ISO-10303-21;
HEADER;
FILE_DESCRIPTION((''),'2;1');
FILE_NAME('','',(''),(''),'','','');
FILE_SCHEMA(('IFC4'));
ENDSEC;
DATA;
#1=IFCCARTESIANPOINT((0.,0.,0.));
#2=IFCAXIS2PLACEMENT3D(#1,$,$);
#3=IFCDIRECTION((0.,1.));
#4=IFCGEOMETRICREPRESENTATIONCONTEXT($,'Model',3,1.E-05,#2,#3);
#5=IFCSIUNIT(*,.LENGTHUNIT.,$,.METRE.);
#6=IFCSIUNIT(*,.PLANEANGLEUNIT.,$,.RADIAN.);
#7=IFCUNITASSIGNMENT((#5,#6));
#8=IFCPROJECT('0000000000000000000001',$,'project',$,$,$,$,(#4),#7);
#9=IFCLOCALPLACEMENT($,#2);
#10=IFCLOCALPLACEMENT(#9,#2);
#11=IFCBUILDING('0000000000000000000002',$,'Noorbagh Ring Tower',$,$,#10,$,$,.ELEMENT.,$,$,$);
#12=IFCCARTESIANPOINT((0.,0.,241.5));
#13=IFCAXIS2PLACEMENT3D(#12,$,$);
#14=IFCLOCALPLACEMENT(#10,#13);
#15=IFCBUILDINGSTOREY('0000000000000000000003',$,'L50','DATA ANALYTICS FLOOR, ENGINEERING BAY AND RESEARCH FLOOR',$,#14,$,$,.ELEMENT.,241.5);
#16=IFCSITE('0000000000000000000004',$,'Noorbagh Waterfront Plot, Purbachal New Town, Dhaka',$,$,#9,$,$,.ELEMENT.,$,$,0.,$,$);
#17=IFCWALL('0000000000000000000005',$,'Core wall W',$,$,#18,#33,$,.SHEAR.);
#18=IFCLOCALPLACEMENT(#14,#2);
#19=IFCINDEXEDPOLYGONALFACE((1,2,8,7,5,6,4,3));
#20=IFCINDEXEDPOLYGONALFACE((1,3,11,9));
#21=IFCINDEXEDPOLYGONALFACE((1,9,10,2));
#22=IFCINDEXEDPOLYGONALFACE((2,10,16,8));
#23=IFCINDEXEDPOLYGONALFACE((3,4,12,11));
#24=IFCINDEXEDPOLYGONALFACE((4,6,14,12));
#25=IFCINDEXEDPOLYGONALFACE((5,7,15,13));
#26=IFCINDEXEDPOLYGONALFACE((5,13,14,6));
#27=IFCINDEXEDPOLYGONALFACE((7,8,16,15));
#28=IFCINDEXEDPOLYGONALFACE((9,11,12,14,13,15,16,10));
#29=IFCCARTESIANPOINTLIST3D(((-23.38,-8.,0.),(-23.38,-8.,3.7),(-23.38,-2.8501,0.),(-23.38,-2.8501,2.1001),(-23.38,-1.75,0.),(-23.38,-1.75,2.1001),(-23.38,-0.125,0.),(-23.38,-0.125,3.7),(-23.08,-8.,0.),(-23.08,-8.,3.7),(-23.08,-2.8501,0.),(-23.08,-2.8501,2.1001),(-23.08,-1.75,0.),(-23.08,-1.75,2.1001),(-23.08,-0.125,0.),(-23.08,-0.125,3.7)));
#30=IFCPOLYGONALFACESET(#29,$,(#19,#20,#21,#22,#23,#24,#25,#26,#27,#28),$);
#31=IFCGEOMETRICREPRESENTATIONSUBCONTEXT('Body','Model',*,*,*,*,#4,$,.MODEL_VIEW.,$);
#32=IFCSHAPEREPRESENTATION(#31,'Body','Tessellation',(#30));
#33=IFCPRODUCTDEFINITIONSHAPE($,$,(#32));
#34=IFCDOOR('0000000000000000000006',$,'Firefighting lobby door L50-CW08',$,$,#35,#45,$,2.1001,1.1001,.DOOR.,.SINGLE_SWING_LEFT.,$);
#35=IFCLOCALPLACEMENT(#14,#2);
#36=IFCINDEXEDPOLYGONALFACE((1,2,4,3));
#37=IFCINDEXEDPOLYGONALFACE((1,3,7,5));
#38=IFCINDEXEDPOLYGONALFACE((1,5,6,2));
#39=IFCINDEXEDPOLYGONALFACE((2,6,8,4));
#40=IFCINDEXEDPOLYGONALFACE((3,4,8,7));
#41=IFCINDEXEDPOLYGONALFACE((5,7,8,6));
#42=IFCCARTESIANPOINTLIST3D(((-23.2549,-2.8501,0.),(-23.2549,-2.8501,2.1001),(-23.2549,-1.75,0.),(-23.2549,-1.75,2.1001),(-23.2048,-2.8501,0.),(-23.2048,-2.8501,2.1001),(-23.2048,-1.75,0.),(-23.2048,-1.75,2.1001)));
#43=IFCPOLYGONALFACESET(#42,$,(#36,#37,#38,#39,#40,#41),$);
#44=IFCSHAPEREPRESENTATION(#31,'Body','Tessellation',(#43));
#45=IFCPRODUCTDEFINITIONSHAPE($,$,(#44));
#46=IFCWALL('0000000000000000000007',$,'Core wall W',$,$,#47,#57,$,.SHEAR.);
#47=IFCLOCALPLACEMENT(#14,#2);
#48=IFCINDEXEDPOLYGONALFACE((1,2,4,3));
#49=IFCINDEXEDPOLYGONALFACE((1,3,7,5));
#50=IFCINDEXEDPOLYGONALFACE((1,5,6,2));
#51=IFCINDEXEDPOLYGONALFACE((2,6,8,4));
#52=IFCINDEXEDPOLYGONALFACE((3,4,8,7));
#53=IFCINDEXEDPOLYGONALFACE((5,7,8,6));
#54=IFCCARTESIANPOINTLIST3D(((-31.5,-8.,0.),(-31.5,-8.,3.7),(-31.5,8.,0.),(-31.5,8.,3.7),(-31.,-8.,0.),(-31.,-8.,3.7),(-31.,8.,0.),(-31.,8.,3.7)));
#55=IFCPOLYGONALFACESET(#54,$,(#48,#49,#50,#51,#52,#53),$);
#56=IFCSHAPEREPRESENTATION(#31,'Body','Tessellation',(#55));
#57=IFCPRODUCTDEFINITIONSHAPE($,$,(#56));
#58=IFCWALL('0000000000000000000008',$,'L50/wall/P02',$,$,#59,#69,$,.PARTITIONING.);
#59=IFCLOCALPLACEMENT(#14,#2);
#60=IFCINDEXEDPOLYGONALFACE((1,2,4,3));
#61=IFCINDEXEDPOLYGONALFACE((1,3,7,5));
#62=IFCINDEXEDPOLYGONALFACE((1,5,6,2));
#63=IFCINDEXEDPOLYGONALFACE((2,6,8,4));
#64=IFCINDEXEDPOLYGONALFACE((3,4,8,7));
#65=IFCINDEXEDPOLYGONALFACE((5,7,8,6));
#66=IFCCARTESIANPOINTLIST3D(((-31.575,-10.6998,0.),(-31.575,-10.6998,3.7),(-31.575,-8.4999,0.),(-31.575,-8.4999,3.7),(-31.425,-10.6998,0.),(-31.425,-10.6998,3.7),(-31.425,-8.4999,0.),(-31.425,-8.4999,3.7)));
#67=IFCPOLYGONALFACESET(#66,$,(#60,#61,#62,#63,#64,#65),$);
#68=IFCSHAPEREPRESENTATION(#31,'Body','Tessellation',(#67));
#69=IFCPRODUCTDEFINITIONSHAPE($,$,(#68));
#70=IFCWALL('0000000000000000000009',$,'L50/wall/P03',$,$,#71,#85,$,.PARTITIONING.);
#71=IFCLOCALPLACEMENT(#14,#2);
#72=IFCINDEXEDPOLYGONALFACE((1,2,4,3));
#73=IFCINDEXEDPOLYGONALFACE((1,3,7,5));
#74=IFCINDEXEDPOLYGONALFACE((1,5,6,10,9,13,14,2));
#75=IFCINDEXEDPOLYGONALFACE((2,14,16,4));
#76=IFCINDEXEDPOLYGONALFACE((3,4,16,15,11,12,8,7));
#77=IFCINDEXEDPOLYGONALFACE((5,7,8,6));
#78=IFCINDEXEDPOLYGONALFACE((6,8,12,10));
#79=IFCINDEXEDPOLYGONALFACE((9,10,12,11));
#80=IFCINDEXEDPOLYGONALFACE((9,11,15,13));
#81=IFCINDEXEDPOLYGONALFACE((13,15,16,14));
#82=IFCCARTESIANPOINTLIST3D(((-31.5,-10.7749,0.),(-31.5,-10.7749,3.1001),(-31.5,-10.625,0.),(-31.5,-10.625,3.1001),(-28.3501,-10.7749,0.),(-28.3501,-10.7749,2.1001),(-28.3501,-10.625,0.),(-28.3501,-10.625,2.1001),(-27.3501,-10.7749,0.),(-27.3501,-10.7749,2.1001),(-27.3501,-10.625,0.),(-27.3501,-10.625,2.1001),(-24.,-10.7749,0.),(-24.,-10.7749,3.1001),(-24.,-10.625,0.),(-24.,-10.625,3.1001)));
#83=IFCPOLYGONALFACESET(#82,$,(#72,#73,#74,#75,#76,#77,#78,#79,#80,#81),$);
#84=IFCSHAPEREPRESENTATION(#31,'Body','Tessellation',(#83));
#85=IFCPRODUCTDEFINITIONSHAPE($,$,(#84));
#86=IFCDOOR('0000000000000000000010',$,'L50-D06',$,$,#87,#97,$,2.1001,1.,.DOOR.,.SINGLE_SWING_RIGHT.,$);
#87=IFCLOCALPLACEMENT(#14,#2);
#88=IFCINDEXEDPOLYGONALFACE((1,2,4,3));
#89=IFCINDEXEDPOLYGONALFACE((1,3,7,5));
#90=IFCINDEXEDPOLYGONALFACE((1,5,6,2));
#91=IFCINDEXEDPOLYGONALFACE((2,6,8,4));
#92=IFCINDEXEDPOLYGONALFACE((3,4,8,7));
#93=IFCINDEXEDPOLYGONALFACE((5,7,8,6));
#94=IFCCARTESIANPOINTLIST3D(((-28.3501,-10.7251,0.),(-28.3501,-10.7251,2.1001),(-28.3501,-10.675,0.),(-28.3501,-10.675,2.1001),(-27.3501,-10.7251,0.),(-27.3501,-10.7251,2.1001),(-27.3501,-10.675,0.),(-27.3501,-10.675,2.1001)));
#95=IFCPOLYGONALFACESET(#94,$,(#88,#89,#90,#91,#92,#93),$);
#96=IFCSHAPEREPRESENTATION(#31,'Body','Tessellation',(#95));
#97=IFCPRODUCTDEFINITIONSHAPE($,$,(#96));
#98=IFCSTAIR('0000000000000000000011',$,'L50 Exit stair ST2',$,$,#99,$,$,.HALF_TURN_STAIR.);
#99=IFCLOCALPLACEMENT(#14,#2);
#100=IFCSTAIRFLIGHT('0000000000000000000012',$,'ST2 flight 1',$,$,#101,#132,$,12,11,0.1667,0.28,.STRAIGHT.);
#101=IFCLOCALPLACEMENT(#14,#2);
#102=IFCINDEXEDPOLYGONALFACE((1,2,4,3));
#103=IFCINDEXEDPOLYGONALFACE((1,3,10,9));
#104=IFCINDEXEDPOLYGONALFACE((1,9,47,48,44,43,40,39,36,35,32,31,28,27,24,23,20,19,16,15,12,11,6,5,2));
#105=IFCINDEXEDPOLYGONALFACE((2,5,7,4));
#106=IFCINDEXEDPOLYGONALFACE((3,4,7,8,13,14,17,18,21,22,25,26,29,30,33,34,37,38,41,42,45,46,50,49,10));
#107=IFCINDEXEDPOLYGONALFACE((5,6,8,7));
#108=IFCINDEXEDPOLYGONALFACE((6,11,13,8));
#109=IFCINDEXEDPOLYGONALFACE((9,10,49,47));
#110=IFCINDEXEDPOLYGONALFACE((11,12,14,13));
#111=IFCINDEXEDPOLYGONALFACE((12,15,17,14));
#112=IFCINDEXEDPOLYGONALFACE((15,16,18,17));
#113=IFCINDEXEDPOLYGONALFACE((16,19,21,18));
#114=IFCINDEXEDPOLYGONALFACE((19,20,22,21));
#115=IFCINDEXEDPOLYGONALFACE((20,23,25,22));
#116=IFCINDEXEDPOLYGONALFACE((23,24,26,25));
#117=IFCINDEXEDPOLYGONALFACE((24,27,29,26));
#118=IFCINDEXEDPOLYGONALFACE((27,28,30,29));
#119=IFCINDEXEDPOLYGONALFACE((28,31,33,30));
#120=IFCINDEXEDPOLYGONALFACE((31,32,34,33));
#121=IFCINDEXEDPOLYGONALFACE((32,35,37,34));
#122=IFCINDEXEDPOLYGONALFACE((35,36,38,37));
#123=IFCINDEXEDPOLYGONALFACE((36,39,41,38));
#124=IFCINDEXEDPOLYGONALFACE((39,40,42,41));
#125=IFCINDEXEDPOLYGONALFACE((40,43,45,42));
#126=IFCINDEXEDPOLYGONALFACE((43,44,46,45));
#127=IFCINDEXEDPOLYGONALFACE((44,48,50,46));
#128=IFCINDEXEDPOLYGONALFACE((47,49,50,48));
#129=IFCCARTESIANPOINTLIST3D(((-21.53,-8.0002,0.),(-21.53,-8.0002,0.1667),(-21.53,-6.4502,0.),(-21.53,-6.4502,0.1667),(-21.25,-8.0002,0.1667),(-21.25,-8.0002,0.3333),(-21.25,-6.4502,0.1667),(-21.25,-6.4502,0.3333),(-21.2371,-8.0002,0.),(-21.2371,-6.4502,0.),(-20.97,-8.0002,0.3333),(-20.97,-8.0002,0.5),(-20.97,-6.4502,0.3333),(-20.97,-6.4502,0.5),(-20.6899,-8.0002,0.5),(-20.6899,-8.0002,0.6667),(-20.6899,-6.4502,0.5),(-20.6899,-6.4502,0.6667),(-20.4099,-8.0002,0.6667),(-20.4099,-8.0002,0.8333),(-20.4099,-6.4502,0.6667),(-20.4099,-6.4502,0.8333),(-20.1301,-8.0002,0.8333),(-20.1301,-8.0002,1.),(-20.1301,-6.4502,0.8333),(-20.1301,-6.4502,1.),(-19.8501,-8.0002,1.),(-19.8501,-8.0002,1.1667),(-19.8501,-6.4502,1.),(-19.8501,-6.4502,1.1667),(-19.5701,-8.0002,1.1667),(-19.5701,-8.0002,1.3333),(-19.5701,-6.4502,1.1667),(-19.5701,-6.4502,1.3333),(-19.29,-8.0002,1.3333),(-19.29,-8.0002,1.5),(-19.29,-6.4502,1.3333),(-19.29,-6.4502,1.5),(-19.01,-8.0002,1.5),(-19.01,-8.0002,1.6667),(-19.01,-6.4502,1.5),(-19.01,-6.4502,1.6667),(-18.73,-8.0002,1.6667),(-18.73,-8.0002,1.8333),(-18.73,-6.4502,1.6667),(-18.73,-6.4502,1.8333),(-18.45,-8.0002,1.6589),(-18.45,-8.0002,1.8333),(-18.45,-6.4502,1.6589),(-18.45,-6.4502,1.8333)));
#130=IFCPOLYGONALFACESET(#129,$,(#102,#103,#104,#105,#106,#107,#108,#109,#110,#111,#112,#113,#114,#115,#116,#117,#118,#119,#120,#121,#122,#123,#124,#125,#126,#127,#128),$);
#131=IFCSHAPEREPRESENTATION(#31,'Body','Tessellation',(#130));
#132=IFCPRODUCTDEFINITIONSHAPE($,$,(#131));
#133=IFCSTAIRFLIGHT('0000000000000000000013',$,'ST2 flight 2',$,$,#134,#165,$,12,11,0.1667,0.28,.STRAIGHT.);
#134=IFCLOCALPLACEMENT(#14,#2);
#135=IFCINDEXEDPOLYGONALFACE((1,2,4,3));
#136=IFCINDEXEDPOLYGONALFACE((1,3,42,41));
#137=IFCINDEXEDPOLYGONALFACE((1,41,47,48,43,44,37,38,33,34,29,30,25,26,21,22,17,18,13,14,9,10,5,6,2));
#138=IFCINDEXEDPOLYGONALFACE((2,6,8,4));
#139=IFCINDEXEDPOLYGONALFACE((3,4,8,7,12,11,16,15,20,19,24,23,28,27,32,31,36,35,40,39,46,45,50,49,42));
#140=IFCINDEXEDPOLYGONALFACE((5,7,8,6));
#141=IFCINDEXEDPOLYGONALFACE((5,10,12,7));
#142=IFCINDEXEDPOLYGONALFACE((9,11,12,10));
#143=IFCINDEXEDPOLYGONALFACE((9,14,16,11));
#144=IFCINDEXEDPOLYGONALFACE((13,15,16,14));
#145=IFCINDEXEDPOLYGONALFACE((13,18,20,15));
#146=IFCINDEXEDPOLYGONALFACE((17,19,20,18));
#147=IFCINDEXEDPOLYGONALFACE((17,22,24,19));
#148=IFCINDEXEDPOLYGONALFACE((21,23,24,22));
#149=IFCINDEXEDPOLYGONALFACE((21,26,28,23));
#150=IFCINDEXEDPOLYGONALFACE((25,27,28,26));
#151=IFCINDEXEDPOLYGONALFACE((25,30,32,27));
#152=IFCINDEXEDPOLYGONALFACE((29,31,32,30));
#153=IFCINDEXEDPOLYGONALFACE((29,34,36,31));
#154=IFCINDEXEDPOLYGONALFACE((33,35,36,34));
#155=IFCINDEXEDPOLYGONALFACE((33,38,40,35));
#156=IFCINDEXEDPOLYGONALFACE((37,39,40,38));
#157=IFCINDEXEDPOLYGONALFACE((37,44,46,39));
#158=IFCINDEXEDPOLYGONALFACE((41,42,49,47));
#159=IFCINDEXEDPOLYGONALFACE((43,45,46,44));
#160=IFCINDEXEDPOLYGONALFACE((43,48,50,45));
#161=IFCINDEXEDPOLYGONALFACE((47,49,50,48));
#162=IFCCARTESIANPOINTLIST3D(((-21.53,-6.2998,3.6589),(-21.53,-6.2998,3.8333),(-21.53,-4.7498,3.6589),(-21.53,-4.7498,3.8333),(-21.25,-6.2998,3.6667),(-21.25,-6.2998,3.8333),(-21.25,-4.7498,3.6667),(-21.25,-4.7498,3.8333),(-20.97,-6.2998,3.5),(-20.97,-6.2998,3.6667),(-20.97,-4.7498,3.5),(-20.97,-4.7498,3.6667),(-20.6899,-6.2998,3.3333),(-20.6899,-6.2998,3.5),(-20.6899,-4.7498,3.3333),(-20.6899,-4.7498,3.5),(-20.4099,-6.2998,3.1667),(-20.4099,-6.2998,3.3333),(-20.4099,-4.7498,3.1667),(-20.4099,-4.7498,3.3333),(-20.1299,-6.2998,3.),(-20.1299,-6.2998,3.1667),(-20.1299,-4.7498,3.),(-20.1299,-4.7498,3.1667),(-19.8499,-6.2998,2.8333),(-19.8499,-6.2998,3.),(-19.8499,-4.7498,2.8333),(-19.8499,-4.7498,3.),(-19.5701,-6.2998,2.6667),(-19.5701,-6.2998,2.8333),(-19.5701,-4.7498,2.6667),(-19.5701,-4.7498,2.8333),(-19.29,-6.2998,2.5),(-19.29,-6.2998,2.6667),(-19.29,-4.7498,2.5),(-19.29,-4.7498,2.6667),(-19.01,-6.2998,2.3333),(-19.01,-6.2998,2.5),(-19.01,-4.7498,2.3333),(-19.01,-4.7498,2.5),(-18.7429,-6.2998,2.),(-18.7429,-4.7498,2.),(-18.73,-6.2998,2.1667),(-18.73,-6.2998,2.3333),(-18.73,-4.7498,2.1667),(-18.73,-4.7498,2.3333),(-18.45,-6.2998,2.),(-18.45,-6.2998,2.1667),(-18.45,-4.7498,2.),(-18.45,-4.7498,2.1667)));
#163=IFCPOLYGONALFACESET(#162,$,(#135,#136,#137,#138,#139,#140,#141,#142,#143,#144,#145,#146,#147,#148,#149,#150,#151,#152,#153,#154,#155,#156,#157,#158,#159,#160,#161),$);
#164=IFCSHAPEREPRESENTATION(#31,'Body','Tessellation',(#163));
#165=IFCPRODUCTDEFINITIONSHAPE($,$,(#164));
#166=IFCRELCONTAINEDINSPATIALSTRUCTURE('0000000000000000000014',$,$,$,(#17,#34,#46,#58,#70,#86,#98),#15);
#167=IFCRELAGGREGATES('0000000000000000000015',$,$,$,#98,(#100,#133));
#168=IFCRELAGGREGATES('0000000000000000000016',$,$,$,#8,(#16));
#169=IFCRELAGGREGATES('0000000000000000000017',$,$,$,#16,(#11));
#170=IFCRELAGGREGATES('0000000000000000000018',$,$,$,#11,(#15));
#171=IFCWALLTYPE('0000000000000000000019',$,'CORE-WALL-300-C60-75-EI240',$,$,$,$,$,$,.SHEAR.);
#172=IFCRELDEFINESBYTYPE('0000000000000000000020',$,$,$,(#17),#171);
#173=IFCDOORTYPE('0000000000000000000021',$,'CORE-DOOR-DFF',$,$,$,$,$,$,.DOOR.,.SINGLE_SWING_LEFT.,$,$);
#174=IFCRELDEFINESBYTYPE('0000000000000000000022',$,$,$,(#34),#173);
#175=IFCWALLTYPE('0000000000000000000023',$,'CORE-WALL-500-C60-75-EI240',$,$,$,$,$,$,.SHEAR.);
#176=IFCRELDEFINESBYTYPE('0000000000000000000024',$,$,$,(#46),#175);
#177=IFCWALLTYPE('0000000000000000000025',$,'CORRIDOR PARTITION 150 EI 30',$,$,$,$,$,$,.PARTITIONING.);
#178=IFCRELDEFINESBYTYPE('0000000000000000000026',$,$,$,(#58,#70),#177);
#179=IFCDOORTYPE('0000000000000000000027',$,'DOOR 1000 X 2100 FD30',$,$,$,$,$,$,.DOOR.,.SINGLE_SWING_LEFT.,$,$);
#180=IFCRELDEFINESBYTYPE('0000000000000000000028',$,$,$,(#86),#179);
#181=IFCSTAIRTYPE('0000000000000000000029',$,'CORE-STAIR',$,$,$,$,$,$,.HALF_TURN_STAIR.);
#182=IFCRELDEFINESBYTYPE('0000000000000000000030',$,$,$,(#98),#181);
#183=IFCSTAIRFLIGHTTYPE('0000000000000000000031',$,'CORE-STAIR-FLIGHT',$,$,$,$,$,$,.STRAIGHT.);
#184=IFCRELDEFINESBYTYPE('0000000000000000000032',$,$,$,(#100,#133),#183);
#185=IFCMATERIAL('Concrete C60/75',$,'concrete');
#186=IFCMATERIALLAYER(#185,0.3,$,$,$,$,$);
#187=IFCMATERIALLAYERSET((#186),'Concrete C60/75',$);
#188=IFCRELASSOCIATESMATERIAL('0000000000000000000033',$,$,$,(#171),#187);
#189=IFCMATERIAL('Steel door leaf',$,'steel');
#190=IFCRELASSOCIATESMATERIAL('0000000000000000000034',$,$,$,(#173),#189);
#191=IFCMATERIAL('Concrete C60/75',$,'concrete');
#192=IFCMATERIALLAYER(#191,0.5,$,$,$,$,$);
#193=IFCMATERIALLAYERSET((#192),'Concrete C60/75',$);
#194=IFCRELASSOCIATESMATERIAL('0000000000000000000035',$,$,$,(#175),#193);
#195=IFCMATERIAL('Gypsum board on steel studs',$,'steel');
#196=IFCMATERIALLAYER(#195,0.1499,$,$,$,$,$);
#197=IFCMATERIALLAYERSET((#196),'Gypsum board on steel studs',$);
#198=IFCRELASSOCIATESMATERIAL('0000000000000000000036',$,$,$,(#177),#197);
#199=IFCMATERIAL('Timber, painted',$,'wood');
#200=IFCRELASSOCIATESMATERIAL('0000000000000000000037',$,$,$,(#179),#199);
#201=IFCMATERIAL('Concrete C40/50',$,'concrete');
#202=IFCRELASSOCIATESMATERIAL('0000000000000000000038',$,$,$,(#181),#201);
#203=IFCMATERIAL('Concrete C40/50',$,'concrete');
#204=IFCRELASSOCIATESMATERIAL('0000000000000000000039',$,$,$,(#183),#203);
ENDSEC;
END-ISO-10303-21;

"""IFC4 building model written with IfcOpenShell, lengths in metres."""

from ifc_helpers import new_model, si_unit, direction, frame, frame_2d, origin, place, context, subcontext, project, spatial, polyline, rectangle, outline, extrude, material, layer, layer_set, type_object, element, fill, aggregate, save


model = new_model("IFC4")

# Units and contexts
model_context = context("Model", 3, precision=1e-05, world=origin(), true_north=direction((0.0, 1.0)))
body_context = subcontext(model_context, "Body", "Model", "MODEL_VIEW")
ifc_project = project(units=[si_unit("LENGTHUNIT", "METRE"), si_unit("PLANEANGLEUNIT", "RADIAN")], contexts=[model_context])

# Site, building, storey
site_placement = place(None, origin())
site = spatial("IfcSite", under=ifc_project, at=site_placement, Name="Noorbagh Waterfront Plot, Purbachal New Town, Dhaka", CompositionType="ELEMENT", RefElevation=0.0)
building_placement = place(site_placement, origin())
building = spatial("IfcBuilding", under=site, at=building_placement, Name="Noorbagh Ring Tower", CompositionType="ELEMENT")
storey_placement = place(building_placement, frame((0.0, 0.0, 241.5)))
storey = spatial("IfcBuildingStorey", under=building, at=storey_placement, Name="L50", Description="DATA ANALYTICS FLOOR, ENGINEERING BAY AND RESEARCH FLOOR", CompositionType="ELEMENT", Elevation=241.5)

# Shared definitions
ifc_material_1 = material(Name="Concrete C60/75", Category="concrete")
ifc_layer_1 = layer(ifc_material_1, 0.3)
ifc_layer_set_1 = layer_set([ifc_layer_1], Name="Concrete C60/75")
wall_type_1 = type_object("IfcWallType", Name="CORE-WALL-300-C60-75-EI240", PredefinedType="SHEAR", material=ifc_layer_set_1)

# Wall, opening, door
wall_1_placement = place(storey_placement, frame((-23.23, -8.0, 0.0), z_axis=(0.0, 0.0, 1.0), x_axis=(0.0, 1.0, 0.0)))
wall_1 = element("IfcWall", 1, at=wall_1_placement, inside=storey, type_object=wall_type_1, Name="Core wall W", PredefinedType="SHEAR", context=body_context, shape_type="SweptSolid", body=[
    extrude(rectangle(XDim=7.875, YDim=0.3, at=frame_2d((3.9375, 0.0))), origin(), (0.0, 0.0, 1.0), 3.7),
])
opening_1_placement = place(wall_1_placement, frame((5.1499, 0.0, 0.0)))
opening_1 = element("IfcOpeningElement", 2, at=opening_1_placement, cuts=wall_1, PredefinedType="OPENING", context=body_context, shape_type="SweptSolid", body=[
    extrude(rectangle(XDim=1.1001, YDim=2.1001, at=frame_2d((0.55, 1.05))), frame((0.0, 0.1602, 0.0), z_axis=(0.0, -1.0, 0.0), x_axis=(1.0, 0.0, 0.0)), (0.0, 0.0, 1.0), 0.3201),
])
ifc_material_2 = material(Name="Steel door leaf", Category="steel")
door_type_1 = type_object("IfcDoorType", Name="CORE-DOOR-DFF", OperationType="SINGLE_SWING_LEFT", PredefinedType="DOOR", material=ifc_material_2)
door_1_placement = place(opening_1_placement, origin())
door_1 = element("IfcDoor", 3, at=door_1_placement, inside=storey, type_object=door_type_1, Name="Firefighting lobby door L50-CW08", OperationType="SINGLE_SWING_LEFT", OverallHeight=2.1001, OverallWidth=1.1001, PredefinedType="DOOR", context=body_context, shape_type="SweptSolid", body=[
    extrude(rectangle(XDim=1.1001, YDim=2.1001, at=frame_2d((0.55, 1.05))), frame((0.0, 0.0249, 0.0), z_axis=(0.0, -1.0, 0.0), x_axis=(1.0, 0.0, 0.0)), (0.0, 0.0, 1.0), 0.05),
])
fill(opening_1, door_1)

# Walls
ifc_material_3 = material(Name="Concrete C60/75", Category="concrete")
ifc_layer_2 = layer(ifc_material_3, 0.5)
ifc_layer_set_2 = layer_set([ifc_layer_2], Name="Concrete C60/75")
wall_type_2 = type_object("IfcWallType", Name="CORE-WALL-500-C60-75-EI240", PredefinedType="SHEAR", material=ifc_layer_set_2)
wall_2_placement = place(storey_placement, frame((-31.25, -8.0, 0.0), z_axis=(0.0, 0.0, 1.0), x_axis=(0.0, 1.0, 0.0)))
element("IfcWall", 4, at=wall_2_placement, inside=storey, type_object=wall_type_2, Name="Core wall W", PredefinedType="SHEAR", context=body_context, shape_type="SweptSolid", body=[
    extrude(rectangle(XDim=16.0, YDim=0.5, at=frame_2d((8.0, 0.0))), origin(), (0.0, 0.0, 1.0), 3.7),
])
ifc_material_4 = material(Name="Gypsum board on steel studs", Category="steel")
ifc_layer_3 = layer(ifc_material_4, 0.1499)
ifc_layer_set_3 = layer_set([ifc_layer_3], Name="Gypsum board on steel studs")
wall_type_3 = type_object("IfcWallType", Name="CORRIDOR PARTITION 150 EI 30", PredefinedType="PARTITIONING", material=ifc_layer_set_3)
wall_3_placement = place(storey_placement, frame((-31.5, -10.7, 0.0), z_axis=(0.0, 0.0, 1.0), x_axis=(0.0, 1.0, 0.0)))
element("IfcWall", 5, at=wall_3_placement, inside=storey, type_object=wall_type_3, Name="L50/wall/P02", PredefinedType="PARTITIONING", context=body_context, shape_type="SweptSolid", body=[
    extrude(rectangle(XDim=2.2, YDim=0.1499, at=frame_2d((1.1001, 0.0))), origin(), (0.0, 0.0, 1.0), 3.7),
])

# Wall, opening, door
wall_4_placement = place(storey_placement, frame((-31.5, -10.7, 0.0), z_axis=(0.0, 0.0, 1.0), x_axis=(1.0, 0.0, 0.0)))
wall_4 = element("IfcWall", 6, at=wall_4_placement, inside=storey, type_object=wall_type_3, Name="L50/wall/P03", PredefinedType="PARTITIONING", context=body_context, shape_type="SweptSolid", body=[
    extrude(rectangle(XDim=7.5, YDim=0.1499, at=frame_2d((3.75, 0.0))), origin(), (0.0, 0.0, 1.0), 3.1001),
])
opening_2_placement = place(wall_4_placement, frame((3.1499, 0.0, 0.0)))
opening_2 = element("IfcOpeningElement", 7, at=opening_2_placement, cuts=wall_4, PredefinedType="OPENING", context=body_context, shape_type="SweptSolid", body=[
    extrude(rectangle(XDim=1.0, YDim=2.1001, at=frame_2d((0.5, 1.05))), frame((0.0, 0.085, 0.0), z_axis=(0.0, -1.0, 0.0), x_axis=(1.0, 0.0, 0.0)), (0.0, 0.0, 1.0), 0.1699),
])
ifc_material_5 = material(Name="Timber, painted", Category="wood")
door_type_2 = type_object("IfcDoorType", Name="DOOR 1000 X 2100 FD30", OperationType="SINGLE_SWING_LEFT", PredefinedType="DOOR", material=ifc_material_5)
door_2_placement = place(opening_2_placement, origin())
door_2 = element("IfcDoor", 8, at=door_2_placement, inside=storey, type_object=door_type_2, Name="L50-D06", OperationType="SINGLE_SWING_RIGHT", OverallHeight=2.1001, OverallWidth=1.0, PredefinedType="DOOR", context=body_context, shape_type="SweptSolid", body=[
    extrude(rectangle(XDim=1.0, YDim=2.1001, at=frame_2d((0.5, 1.05))), frame((0.0, 0.0249, 0.0), z_axis=(0.0, -1.0, 0.0), x_axis=(1.0, 0.0, 0.0)), (0.0, 0.0, 1.0), 0.05),
])
fill(opening_2, door_2)

# Stair, stair flights
ifc_material_6 = material(Name="Concrete C40/50", Category="concrete")
stair_type = type_object("IfcStairType", Name="CORE-STAIR", PredefinedType="HALF_TURN_STAIR", material=ifc_material_6)
stair_placement = place(storey_placement, origin())
stair = element("IfcStair", 9, at=stair_placement, inside=storey, type_object=stair_type, Name="L50 Exit stair ST2", PredefinedType="HALF_TURN_STAIR")
ifc_material_7 = material(Name="Concrete C40/50", Category="concrete")
stair_flight_type = type_object("IfcStairFlightType", Name="CORE-STAIR-FLIGHT", PredefinedType="STRAIGHT", material=ifc_material_7)
stair_flight_1_placement = place(storey_placement, frame((-21.53, -7.2251, 0.0), z_axis=(0.0, 0.0, 1.0), x_axis=(1.0, 0.0, 0.0)))
stair_flight_1 = element("IfcStairFlight", 10, at=stair_flight_1_placement, type_object=stair_flight_type, Name="ST2 flight 1", NumberOfRisers=12, NumberOfTreads=11, PredefinedType="STRAIGHT", RiserHeight=0.1667, TreadLength=0.28, context=body_context, shape_type="SweptSolid", body=[
    extrude(outline(polyline([(0.0, 0.0), (0.0, 0.1667), (0.28, 0.1667), (0.28, 0.3333), (0.5601, 0.3333), (0.5601, 0.5), (0.8401, 0.5), (0.8401, 0.6667), (1.1201, 0.6667), (1.1201, 0.8333), (1.3999, 0.8333), (1.3999, 1.0), (1.6799, 1.0), (1.6799, 1.1667), (1.96, 1.1667), (1.96, 1.3333), (2.24, 1.3333), (2.24, 1.5), (2.52, 1.5), (2.52, 1.6667), (2.8, 1.6667), (2.8, 1.8333), (3.0801, 1.8333), (3.0801, 2.0), (3.0801, 1.6589), (0.293, 0.0), (0.0, 0.0)])), frame((0.0, 0.7749, 0.0), z_axis=(0.0, -1.0, 0.0), x_axis=(1.0, 0.0, 0.0)), (0.0, 0.0, 1.0), 1.55),
])
stair_flight_2_placement = place(storey_placement, frame((-18.45, -5.5249, 2.0), z_axis=(0.0, 0.0, 1.0), x_axis=(-1.0, 0.0, 0.0)))
stair_flight_2 = element("IfcStairFlight", 11, at=stair_flight_2_placement, type_object=stair_flight_type, Name="ST2 flight 2", NumberOfRisers=12, NumberOfTreads=11, PredefinedType="STRAIGHT", RiserHeight=0.1667, TreadLength=0.28, context=body_context, shape_type="SweptSolid", body=[
    extrude(outline(polyline([(0.0, 0.0), (0.0, 0.1667), (0.28, 0.1667), (0.28, 0.3333), (0.5601, 0.3333), (0.5601, 0.5), (0.8401, 0.5), (0.8401, 0.6667), (1.1201, 0.6667), (1.1201, 0.8333), (1.3999, 0.8333), (1.3999, 1.0), (1.6799, 1.0), (1.6799, 1.1667), (1.96, 1.1667), (1.96, 1.3333), (2.24, 1.3333), (2.24, 1.5), (2.52, 1.5), (2.52, 1.6667), (2.8, 1.6667), (2.8, 1.8333), (3.0801, 1.8333), (3.0801, 2.0), (3.0801, 1.6589), (0.293, 0.0), (0.0, 0.0)])), frame((0.0, 0.7749, 0.0), z_axis=(0.0, -1.0, 0.0), x_axis=(1.0, 0.0, 0.0)), (0.0, 0.0, 1.0), 1.55),
])
aggregate(stair, [stair_flight_1, stair_flight_2])

save(model, "model.ifc")
